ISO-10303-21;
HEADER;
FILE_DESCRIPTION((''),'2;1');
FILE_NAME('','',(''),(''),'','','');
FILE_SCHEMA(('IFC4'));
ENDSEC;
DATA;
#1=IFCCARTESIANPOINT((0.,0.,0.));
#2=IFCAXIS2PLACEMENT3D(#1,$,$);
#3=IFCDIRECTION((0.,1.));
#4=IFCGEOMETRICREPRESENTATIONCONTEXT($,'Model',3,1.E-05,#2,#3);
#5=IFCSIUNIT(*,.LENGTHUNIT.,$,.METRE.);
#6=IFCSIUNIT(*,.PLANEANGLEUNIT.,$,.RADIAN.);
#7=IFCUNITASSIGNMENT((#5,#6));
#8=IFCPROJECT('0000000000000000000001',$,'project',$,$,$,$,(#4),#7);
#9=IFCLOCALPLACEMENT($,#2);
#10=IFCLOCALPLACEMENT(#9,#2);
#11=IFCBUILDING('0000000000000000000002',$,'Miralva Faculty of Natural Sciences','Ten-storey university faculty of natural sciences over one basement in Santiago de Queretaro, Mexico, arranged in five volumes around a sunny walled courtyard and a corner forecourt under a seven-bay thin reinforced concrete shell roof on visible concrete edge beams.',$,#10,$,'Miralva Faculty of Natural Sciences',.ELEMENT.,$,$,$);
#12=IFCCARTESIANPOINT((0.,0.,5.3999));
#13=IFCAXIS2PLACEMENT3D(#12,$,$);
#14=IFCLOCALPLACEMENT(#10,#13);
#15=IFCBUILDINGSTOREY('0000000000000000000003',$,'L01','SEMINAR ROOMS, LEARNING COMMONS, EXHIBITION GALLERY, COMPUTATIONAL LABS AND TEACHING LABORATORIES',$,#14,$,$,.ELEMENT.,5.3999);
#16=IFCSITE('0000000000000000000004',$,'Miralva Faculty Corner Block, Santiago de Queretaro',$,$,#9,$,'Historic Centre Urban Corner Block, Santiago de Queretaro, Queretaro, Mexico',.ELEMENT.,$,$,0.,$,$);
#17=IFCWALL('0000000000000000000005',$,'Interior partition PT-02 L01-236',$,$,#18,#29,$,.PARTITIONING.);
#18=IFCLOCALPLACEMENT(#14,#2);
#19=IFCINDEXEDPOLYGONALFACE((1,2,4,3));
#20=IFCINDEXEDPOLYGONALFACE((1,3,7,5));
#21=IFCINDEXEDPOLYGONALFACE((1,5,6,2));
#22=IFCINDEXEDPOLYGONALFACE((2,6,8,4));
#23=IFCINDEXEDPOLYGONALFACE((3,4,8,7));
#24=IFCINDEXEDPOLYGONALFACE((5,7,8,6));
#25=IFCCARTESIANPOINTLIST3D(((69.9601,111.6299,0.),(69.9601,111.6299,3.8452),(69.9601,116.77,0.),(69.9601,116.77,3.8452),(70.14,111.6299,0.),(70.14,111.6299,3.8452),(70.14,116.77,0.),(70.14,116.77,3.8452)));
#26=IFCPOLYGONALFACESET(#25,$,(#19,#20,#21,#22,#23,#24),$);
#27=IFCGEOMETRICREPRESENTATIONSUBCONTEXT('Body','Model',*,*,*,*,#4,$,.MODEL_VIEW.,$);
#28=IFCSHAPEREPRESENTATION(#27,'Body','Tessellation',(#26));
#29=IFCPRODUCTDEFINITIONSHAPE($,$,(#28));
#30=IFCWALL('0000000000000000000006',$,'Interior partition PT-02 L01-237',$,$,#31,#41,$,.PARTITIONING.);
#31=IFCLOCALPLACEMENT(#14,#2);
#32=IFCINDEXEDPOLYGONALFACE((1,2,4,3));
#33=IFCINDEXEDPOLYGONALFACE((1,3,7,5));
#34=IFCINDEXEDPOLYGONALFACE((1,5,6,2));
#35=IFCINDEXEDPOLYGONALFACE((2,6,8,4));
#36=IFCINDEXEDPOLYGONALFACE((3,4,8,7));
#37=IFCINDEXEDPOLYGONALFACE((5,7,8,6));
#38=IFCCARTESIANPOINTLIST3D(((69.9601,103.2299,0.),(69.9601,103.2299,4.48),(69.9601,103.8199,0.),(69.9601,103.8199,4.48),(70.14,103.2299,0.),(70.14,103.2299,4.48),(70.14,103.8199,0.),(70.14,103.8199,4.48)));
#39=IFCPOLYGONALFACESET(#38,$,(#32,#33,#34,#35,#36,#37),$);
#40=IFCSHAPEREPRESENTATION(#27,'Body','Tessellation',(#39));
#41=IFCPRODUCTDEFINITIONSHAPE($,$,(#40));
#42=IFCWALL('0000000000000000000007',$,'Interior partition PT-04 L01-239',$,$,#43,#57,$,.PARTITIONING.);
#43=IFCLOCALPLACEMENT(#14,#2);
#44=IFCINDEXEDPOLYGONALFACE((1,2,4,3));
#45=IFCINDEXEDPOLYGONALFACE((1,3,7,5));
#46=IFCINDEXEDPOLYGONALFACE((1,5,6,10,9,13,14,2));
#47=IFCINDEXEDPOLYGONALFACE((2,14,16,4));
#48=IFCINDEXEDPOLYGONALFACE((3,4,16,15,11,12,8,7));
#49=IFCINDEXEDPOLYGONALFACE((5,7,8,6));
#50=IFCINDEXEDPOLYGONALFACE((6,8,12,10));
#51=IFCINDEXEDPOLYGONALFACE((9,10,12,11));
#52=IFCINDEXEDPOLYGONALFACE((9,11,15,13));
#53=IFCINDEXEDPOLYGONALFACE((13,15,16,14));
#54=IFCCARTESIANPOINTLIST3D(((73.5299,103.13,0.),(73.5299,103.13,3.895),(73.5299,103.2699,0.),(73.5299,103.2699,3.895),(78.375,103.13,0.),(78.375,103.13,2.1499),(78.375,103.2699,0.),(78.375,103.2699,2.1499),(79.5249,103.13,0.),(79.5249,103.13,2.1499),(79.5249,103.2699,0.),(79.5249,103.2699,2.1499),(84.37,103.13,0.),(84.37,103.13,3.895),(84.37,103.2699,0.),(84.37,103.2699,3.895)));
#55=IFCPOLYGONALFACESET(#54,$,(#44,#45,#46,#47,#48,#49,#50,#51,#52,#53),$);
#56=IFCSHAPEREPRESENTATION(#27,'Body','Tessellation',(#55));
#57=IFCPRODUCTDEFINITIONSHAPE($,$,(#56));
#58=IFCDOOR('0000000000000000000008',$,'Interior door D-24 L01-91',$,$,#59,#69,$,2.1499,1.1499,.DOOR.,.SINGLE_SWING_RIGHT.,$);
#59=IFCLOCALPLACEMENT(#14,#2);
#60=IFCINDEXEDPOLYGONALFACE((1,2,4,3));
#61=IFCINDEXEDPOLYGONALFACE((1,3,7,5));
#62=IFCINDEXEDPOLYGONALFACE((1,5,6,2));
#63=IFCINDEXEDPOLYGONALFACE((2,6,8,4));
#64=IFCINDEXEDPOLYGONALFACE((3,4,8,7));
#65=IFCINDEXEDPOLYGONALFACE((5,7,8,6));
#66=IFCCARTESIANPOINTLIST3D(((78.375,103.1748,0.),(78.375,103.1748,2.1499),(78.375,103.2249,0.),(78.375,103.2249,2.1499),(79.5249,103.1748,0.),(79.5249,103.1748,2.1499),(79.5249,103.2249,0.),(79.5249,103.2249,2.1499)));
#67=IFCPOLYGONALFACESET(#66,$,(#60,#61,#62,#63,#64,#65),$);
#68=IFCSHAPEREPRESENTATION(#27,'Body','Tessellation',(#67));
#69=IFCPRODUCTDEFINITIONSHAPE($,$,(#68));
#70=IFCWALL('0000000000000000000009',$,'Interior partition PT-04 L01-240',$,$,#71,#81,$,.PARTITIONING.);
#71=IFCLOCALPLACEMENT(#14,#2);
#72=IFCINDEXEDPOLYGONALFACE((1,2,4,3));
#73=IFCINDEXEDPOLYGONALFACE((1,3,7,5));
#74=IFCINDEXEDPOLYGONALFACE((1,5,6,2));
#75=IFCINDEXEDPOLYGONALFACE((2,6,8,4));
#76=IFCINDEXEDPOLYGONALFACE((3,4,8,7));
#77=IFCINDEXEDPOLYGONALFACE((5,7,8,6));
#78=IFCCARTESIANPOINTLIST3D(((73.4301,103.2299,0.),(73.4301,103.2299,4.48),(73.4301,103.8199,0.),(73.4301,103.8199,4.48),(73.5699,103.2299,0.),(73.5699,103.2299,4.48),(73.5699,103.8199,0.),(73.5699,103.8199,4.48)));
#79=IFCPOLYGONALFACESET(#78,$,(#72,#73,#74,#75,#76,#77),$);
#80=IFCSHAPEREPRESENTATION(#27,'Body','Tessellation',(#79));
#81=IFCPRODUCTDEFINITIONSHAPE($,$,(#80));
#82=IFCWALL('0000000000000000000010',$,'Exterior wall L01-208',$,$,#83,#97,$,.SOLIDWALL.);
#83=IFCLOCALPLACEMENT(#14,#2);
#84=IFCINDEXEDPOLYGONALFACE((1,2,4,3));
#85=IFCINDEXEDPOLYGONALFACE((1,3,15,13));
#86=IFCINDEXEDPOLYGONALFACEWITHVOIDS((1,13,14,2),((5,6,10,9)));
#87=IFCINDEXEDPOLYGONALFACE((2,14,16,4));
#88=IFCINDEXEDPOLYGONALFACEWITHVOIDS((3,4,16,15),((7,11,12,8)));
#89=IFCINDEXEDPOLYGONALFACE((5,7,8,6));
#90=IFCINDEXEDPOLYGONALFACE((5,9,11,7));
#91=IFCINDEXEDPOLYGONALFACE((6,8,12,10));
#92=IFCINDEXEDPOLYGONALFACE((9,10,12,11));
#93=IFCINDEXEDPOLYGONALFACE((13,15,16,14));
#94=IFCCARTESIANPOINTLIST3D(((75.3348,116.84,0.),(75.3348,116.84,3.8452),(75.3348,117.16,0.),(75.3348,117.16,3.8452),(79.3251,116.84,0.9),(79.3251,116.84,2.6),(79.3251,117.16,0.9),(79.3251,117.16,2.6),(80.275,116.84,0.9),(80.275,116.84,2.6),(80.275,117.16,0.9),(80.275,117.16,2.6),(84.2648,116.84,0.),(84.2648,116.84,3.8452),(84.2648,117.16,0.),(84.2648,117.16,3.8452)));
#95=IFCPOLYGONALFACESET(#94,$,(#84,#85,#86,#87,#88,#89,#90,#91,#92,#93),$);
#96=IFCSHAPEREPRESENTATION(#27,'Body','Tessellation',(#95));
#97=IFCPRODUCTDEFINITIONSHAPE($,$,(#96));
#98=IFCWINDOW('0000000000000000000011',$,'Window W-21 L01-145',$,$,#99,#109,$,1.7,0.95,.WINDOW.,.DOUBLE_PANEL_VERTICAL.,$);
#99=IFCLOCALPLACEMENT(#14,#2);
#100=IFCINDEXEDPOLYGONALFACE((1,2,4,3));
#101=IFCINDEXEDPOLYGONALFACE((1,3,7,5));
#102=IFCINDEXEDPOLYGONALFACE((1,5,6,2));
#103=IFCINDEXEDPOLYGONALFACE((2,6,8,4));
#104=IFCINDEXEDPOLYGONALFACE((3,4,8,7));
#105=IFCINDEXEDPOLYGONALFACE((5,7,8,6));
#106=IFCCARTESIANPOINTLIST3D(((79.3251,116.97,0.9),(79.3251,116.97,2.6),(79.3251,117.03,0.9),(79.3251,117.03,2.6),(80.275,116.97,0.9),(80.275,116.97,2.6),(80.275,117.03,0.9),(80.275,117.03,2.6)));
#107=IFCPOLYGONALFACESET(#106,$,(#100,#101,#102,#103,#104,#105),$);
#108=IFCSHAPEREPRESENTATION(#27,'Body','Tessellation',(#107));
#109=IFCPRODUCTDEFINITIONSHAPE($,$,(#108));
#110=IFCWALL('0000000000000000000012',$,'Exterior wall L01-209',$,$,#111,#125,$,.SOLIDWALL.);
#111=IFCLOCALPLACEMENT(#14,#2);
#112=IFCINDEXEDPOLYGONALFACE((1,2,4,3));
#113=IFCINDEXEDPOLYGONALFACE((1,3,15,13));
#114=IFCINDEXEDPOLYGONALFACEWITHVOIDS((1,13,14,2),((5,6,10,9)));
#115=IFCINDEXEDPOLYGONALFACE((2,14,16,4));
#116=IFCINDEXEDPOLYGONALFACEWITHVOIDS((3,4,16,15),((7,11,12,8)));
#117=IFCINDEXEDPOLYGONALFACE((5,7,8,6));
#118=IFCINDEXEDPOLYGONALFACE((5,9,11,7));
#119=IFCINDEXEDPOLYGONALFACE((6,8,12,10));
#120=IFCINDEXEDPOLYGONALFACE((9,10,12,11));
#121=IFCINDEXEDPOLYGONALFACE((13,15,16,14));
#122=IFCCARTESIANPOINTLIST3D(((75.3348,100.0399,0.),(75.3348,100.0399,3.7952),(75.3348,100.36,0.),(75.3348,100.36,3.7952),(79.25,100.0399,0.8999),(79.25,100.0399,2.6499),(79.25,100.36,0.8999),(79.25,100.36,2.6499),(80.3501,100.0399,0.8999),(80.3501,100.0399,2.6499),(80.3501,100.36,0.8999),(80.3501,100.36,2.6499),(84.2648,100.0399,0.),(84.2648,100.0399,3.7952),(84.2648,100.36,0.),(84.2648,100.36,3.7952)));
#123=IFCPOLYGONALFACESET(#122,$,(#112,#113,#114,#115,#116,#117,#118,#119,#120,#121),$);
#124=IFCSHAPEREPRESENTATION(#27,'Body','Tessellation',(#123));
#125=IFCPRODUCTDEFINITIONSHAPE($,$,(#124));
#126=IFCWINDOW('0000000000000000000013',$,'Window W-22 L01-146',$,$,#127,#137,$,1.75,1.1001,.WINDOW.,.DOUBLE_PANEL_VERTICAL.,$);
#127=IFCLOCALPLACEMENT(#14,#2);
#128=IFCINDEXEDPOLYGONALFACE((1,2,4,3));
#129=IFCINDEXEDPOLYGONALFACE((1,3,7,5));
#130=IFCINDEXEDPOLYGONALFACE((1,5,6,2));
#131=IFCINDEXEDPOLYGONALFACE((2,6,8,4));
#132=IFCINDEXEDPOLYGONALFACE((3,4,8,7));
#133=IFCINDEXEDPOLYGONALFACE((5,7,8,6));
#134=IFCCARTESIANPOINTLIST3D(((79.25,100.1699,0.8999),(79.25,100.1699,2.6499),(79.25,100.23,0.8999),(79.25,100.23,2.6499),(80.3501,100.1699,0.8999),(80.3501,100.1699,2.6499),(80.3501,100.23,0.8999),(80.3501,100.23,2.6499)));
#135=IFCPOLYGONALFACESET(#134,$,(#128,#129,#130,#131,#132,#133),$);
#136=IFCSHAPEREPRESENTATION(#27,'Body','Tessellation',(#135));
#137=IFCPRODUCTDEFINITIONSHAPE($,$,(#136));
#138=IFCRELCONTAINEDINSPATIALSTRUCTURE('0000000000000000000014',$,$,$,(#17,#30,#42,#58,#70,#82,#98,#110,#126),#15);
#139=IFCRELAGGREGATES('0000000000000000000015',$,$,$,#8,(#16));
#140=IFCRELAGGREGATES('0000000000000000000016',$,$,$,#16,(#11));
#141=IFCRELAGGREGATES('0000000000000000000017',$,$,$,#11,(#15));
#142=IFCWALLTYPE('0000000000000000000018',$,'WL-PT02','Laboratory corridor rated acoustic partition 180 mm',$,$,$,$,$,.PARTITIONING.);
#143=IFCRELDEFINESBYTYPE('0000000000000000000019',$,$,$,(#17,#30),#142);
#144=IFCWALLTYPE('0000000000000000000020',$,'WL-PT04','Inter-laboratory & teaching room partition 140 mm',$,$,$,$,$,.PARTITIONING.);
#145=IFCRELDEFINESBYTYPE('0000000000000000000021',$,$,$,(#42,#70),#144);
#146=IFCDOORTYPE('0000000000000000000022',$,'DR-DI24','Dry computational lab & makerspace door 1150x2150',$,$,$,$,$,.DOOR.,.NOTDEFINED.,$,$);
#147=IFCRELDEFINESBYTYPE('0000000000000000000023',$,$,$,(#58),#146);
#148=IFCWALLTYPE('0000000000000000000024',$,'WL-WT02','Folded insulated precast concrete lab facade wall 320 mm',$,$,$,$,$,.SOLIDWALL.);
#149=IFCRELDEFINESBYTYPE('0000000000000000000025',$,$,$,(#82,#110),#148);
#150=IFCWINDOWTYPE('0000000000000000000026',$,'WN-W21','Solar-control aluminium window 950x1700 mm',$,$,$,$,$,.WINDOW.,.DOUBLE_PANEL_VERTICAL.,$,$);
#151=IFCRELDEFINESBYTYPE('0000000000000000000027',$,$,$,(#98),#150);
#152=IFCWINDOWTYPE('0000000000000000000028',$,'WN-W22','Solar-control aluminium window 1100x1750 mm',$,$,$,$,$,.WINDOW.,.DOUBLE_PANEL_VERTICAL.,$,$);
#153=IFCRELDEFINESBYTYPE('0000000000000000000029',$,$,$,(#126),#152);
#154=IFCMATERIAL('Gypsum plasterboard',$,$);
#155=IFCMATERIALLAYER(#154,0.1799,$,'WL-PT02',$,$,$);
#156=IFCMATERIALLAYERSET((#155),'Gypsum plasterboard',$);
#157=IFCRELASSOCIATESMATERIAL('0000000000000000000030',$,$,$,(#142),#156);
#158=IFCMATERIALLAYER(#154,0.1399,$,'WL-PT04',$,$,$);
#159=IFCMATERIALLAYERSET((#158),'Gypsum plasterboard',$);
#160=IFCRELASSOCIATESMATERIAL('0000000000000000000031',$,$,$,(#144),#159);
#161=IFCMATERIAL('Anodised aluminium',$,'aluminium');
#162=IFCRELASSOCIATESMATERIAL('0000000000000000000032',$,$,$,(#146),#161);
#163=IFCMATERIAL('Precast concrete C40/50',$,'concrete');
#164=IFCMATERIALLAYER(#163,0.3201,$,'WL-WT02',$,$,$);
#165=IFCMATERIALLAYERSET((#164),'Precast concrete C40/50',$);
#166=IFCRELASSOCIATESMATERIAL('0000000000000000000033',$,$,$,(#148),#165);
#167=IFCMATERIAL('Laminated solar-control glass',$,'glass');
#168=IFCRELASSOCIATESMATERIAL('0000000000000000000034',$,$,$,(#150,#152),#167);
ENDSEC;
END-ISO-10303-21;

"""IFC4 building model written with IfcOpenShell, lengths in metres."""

from ifc_helpers import new_model, si_unit, direction, frame, frame_2d, origin, place, context, subcontext, project, spatial, rectangle, extrude, material, layer, layer_set, type_object, element, fill, save


model = new_model("IFC4")

# Units and contexts
model_context = context("Model", 3, precision=1e-05, world=origin(), true_north=direction((0.0, 1.0)))
body_context = subcontext(model_context, "Body", "Model", "MODEL_VIEW")
ifc_project = project(units=[si_unit("LENGTHUNIT", "METRE"), si_unit("PLANEANGLEUNIT", "RADIAN")], contexts=[model_context])

# Site, building, storey
site_placement = place(None, origin())
site = spatial("IfcSite", under=ifc_project, at=site_placement, Name="Miralva Faculty Corner Block, Santiago de Queretaro", LongName="Historic Centre Urban Corner Block, Santiago de Queretaro, Queretaro, Mexico", CompositionType="ELEMENT", RefElevation=0.0)
building_placement = place(site_placement, origin())
building = spatial("IfcBuilding", under=site, at=building_placement, Name="Miralva Faculty of Natural Sciences", Description="Ten-storey university faculty of natural sciences over one basement in Santiago de Queretaro, Mexico, arranged in five volumes around a sunny walled courtyard and a corner forecourt under a seven-bay thin reinforced concrete shell roof on visible concrete edge beams.", LongName="Miralva Faculty of Natural Sciences", CompositionType="ELEMENT")
storey_placement = place(building_placement, frame((0.0, 0.0, 5.3999)))
storey = spatial("IfcBuildingStorey", under=building, at=storey_placement, Name="L01", Description="SEMINAR ROOMS, LEARNING COMMONS, EXHIBITION GALLERY, COMPUTATIONAL LABS AND TEACHING LABORATORIES", CompositionType="ELEMENT", Elevation=5.3999)

# Walls
ifc_material_1 = material(Name="Gypsum plasterboard")
ifc_layer_1 = layer(ifc_material_1, 0.1799, Name="WL-PT02")
ifc_layer_set_1 = layer_set([ifc_layer_1], Name="Gypsum plasterboard")
wall_type_1 = type_object("IfcWallType", Name="WL-PT02", Description="Laboratory corridor rated acoustic partition 180 mm", PredefinedType="PARTITIONING", material=ifc_layer_set_1)
wall_1_placement = place(storey_placement, frame((70.05, 111.6299, 0.0), z_axis=(0.0, 0.0, 1.0), x_axis=(0.0, 1.0, 0.0)))
element("IfcWall", 1, at=wall_1_placement, inside=storey, type_object=wall_type_1, Name="Interior partition PT-02 L01-236", PredefinedType="PARTITIONING", context=body_context, shape_type="SweptSolid", body=[
    extrude(rectangle(XDim=5.1401, YDim=0.1799, at=frame_2d((2.5701, 0.0))), origin(), (0.0, 0.0, 1.0), 3.8452),
])
wall_2_placement = place(storey_placement, frame((70.05, 103.23, 0.0), z_axis=(0.0, 0.0, 1.0), x_axis=(0.0, 1.0, 0.0)))
element("IfcWall", 2, at=wall_2_placement, inside=storey, type_object=wall_type_1, Name="Interior partition PT-02 L01-237", PredefinedType="PARTITIONING", context=body_context, shape_type="SweptSolid", body=[
    extrude(rectangle(XDim=0.5901, YDim=0.1799, at=frame_2d((0.2949, 0.0))), origin(), (0.0, 0.0, 1.0), 4.48),
])

# Wall, opening, door
ifc_layer_2 = layer(ifc_material_1, 0.1399, Name="WL-PT04")
ifc_layer_set_2 = layer_set([ifc_layer_2], Name="Gypsum plasterboard")
wall_type_2 = type_object("IfcWallType", Name="WL-PT04", Description="Inter-laboratory & teaching room partition 140 mm", PredefinedType="PARTITIONING", material=ifc_layer_set_2)
wall_3_placement = place(storey_placement, frame((73.53, 103.2, 0.0), z_axis=(0.0, 0.0, 1.0), x_axis=(1.0, 0.0, 0.0)))
wall_3 = element("IfcWall", 3, at=wall_3_placement, inside=storey, type_object=wall_type_2, Name="Interior partition PT-04 L01-239", PredefinedType="PARTITIONING", context=body_context, shape_type="SweptSolid", body=[
    extrude(rectangle(XDim=10.8401, YDim=0.1399, at=frame_2d((5.4199, 0.0))), origin(), (0.0, 0.0, 1.0), 3.895),
])
opening_1_placement = place(wall_3_placement, frame((4.845, 0.0, 0.0)))
opening_1 = element("IfcOpeningElement", 4, at=opening_1_placement, cuts=wall_3, PredefinedType="OPENING", context=body_context, shape_type="SweptSolid", body=[
    extrude(rectangle(XDim=1.1499, YDim=2.1499, at=frame_2d((0.575, 1.075))), frame((0.0, 0.0798, 0.0), z_axis=(0.0, -1.0, 0.0), x_axis=(1.0, 0.0, 0.0)), (0.0, 0.0, 1.0), 0.1599),
])
ifc_material_2 = material(Name="Anodised aluminium", Category="aluminium")
door_type_1 = type_object("IfcDoorType", Name="DR-DI24", Description="Dry computational lab & makerspace door 1150x2150", OperationType="NOTDEFINED", PredefinedType="DOOR", material=ifc_material_2)
door_1_placement = place(opening_1_placement, origin())
door_1 = element("IfcDoor", 5, at=door_1_placement, inside=storey, type_object=door_type_1, Name="Interior door D-24 L01-91", OperationType="SINGLE_SWING_RIGHT", OverallHeight=2.1499, OverallWidth=1.1499, PredefinedType="DOOR", context=body_context, shape_type="SweptSolid", body=[
    extrude(rectangle(XDim=1.1499, YDim=2.1499, at=frame_2d((0.575, 1.075))), frame((0.0, 0.0249, 0.0), z_axis=(0.0, -1.0, 0.0), x_axis=(1.0, 0.0, 0.0)), (0.0, 0.0, 1.0), 0.05),
])
fill(opening_1, door_1)

# Wall
wall_4_placement = place(storey_placement, frame((73.5, 103.23, 0.0), z_axis=(0.0, 0.0, 1.0), x_axis=(0.0, 1.0, 0.0)))
element("IfcWall", 6, at=wall_4_placement, inside=storey, type_object=wall_type_2, Name="Interior partition PT-04 L01-240", PredefinedType="PARTITIONING", context=body_context, shape_type="SweptSolid", body=[
    extrude(rectangle(XDim=0.5901, YDim=0.1399, at=frame_2d((0.2949, 0.0))), origin(), (0.0, 0.0, 1.0), 4.48),
])

# Walls, openings, windows
ifc_material_3 = material(Name="Precast concrete C40/50", Category="concrete")
ifc_layer_3 = layer(ifc_material_3, 0.3201, Name="WL-WT02")
ifc_layer_set_3 = layer_set([ifc_layer_3], Name="Precast concrete C40/50")
wall_type_3 = type_object("IfcWallType", Name="WL-WT02", Description="Folded insulated precast concrete lab facade wall 320 mm", PredefinedType="SOLIDWALL", material=ifc_layer_set_3)
wall_5_placement = place(storey_placement, frame((75.335, 117.0, 0.0), z_axis=(0.0, 0.0, 1.0), x_axis=(1.0, 0.0, 0.0)))
wall_5 = element("IfcWall", 7, at=wall_5_placement, inside=storey, type_object=wall_type_3, Name="Exterior wall L01-208", PredefinedType="SOLIDWALL", context=body_context, shape_type="SweptSolid", body=[
    extrude(rectangle(XDim=8.9299, YDim=0.3201, at=frame_2d((4.4648, 0.0))), origin(), (0.0, 0.0, 1.0), 3.8452),
])
opening_2_placement = place(wall_5_placement, frame((3.99, 0.0, 0.8999)))
opening_2 = element("IfcOpeningElement", 8, at=opening_2_placement, cuts=wall_5, PredefinedType="OPENING", context=body_context, shape_type="SweptSolid", body=[
    extrude(rectangle(XDim=0.95, YDim=1.7, at=frame_2d((0.4751, 0.8501))), frame((0.0, 0.1699, 0.0), z_axis=(0.0, -1.0, 0.0), x_axis=(1.0, 0.0, 0.0)), (0.0, 0.0, 1.0), 0.3401),
])
ifc_material_4 = material(Name="Laminated solar-control glass", Category="glass")
window_type_1 = type_object("IfcWindowType", Name="WN-W21", Description="Solar-control aluminium window 950x1700 mm", PartitioningType="DOUBLE_PANEL_VERTICAL", PredefinedType="WINDOW", material=ifc_material_4)
window_1_placement = place(opening_2_placement, origin())
window_1 = element("IfcWindow", 9, at=window_1_placement, inside=storey, type_object=window_type_1, Name="Window W-21 L01-145", OverallHeight=1.7, OverallWidth=0.95, PartitioningType="DOUBLE_PANEL_VERTICAL", PredefinedType="WINDOW", context=body_context, shape_type="SweptSolid", body=[
    extrude(rectangle(XDim=0.95, YDim=1.7, at=frame_2d((0.4751, 0.8501))), frame((0.0, 0.03, 0.0), z_axis=(0.0, -1.0, 0.0), x_axis=(1.0, 0.0, 0.0)), (0.0, 0.0, 1.0), 0.0601),
])
fill(opening_2, window_1)
wall_6_placement = place(storey_placement, frame((75.335, 100.2, 0.0), z_axis=(0.0, 0.0, 1.0), x_axis=(1.0, 0.0, 0.0)))
wall_6 = element("IfcWall", 10, at=wall_6_placement, inside=storey, type_object=wall_type_3, Name="Exterior wall L01-209", PredefinedType="SOLIDWALL", context=body_context, shape_type="SweptSolid", body=[
    extrude(rectangle(XDim=8.9299, YDim=0.3201, at=frame_2d((4.4648, 0.0))), origin(), (0.0, 0.0, 1.0), 3.7952),
])
opening_3_placement = place(wall_6_placement, frame((3.915, 0.0, 0.8999)))
opening_3 = element("IfcOpeningElement", 11, at=opening_3_placement, cuts=wall_6, PredefinedType="OPENING", context=body_context, shape_type="SweptSolid", body=[
    extrude(rectangle(XDim=1.1001, YDim=1.75, at=frame_2d((0.55, 0.875))), frame((0.0, 0.1699, 0.0), z_axis=(0.0, -1.0, 0.0), x_axis=(1.0, 0.0, 0.0)), (0.0, 0.0, 1.0), 0.3401),
])
window_type_2 = type_object("IfcWindowType", Name="WN-W22", Description="Solar-control aluminium window 1100x1750 mm", PartitioningType="DOUBLE_PANEL_VERTICAL", PredefinedType="WINDOW", material=ifc_material_4)
window_2_placement = place(opening_3_placement, frame((1.1001, 0.0, 0.0), z_axis=(0.0, 0.0, 1.0), x_axis=(-1.0, 0.0, 0.0)))
window_2 = element("IfcWindow", 12, at=window_2_placement, inside=storey, type_object=window_type_2, Name="Window W-22 L01-146", OverallHeight=1.75, OverallWidth=1.1001, PartitioningType="DOUBLE_PANEL_VERTICAL", PredefinedType="WINDOW", context=body_context, shape_type="SweptSolid", body=[
    extrude(rectangle(XDim=1.1001, YDim=1.75, at=frame_2d((0.55, 0.875))), frame((0.0, 0.03, 0.0), z_axis=(0.0, -1.0, 0.0), x_axis=(1.0, 0.0, 0.0)), (0.0, 0.0, 1.0), 0.0601),
])
fill(opening_3, window_2)

save(model, "model.ifc")
